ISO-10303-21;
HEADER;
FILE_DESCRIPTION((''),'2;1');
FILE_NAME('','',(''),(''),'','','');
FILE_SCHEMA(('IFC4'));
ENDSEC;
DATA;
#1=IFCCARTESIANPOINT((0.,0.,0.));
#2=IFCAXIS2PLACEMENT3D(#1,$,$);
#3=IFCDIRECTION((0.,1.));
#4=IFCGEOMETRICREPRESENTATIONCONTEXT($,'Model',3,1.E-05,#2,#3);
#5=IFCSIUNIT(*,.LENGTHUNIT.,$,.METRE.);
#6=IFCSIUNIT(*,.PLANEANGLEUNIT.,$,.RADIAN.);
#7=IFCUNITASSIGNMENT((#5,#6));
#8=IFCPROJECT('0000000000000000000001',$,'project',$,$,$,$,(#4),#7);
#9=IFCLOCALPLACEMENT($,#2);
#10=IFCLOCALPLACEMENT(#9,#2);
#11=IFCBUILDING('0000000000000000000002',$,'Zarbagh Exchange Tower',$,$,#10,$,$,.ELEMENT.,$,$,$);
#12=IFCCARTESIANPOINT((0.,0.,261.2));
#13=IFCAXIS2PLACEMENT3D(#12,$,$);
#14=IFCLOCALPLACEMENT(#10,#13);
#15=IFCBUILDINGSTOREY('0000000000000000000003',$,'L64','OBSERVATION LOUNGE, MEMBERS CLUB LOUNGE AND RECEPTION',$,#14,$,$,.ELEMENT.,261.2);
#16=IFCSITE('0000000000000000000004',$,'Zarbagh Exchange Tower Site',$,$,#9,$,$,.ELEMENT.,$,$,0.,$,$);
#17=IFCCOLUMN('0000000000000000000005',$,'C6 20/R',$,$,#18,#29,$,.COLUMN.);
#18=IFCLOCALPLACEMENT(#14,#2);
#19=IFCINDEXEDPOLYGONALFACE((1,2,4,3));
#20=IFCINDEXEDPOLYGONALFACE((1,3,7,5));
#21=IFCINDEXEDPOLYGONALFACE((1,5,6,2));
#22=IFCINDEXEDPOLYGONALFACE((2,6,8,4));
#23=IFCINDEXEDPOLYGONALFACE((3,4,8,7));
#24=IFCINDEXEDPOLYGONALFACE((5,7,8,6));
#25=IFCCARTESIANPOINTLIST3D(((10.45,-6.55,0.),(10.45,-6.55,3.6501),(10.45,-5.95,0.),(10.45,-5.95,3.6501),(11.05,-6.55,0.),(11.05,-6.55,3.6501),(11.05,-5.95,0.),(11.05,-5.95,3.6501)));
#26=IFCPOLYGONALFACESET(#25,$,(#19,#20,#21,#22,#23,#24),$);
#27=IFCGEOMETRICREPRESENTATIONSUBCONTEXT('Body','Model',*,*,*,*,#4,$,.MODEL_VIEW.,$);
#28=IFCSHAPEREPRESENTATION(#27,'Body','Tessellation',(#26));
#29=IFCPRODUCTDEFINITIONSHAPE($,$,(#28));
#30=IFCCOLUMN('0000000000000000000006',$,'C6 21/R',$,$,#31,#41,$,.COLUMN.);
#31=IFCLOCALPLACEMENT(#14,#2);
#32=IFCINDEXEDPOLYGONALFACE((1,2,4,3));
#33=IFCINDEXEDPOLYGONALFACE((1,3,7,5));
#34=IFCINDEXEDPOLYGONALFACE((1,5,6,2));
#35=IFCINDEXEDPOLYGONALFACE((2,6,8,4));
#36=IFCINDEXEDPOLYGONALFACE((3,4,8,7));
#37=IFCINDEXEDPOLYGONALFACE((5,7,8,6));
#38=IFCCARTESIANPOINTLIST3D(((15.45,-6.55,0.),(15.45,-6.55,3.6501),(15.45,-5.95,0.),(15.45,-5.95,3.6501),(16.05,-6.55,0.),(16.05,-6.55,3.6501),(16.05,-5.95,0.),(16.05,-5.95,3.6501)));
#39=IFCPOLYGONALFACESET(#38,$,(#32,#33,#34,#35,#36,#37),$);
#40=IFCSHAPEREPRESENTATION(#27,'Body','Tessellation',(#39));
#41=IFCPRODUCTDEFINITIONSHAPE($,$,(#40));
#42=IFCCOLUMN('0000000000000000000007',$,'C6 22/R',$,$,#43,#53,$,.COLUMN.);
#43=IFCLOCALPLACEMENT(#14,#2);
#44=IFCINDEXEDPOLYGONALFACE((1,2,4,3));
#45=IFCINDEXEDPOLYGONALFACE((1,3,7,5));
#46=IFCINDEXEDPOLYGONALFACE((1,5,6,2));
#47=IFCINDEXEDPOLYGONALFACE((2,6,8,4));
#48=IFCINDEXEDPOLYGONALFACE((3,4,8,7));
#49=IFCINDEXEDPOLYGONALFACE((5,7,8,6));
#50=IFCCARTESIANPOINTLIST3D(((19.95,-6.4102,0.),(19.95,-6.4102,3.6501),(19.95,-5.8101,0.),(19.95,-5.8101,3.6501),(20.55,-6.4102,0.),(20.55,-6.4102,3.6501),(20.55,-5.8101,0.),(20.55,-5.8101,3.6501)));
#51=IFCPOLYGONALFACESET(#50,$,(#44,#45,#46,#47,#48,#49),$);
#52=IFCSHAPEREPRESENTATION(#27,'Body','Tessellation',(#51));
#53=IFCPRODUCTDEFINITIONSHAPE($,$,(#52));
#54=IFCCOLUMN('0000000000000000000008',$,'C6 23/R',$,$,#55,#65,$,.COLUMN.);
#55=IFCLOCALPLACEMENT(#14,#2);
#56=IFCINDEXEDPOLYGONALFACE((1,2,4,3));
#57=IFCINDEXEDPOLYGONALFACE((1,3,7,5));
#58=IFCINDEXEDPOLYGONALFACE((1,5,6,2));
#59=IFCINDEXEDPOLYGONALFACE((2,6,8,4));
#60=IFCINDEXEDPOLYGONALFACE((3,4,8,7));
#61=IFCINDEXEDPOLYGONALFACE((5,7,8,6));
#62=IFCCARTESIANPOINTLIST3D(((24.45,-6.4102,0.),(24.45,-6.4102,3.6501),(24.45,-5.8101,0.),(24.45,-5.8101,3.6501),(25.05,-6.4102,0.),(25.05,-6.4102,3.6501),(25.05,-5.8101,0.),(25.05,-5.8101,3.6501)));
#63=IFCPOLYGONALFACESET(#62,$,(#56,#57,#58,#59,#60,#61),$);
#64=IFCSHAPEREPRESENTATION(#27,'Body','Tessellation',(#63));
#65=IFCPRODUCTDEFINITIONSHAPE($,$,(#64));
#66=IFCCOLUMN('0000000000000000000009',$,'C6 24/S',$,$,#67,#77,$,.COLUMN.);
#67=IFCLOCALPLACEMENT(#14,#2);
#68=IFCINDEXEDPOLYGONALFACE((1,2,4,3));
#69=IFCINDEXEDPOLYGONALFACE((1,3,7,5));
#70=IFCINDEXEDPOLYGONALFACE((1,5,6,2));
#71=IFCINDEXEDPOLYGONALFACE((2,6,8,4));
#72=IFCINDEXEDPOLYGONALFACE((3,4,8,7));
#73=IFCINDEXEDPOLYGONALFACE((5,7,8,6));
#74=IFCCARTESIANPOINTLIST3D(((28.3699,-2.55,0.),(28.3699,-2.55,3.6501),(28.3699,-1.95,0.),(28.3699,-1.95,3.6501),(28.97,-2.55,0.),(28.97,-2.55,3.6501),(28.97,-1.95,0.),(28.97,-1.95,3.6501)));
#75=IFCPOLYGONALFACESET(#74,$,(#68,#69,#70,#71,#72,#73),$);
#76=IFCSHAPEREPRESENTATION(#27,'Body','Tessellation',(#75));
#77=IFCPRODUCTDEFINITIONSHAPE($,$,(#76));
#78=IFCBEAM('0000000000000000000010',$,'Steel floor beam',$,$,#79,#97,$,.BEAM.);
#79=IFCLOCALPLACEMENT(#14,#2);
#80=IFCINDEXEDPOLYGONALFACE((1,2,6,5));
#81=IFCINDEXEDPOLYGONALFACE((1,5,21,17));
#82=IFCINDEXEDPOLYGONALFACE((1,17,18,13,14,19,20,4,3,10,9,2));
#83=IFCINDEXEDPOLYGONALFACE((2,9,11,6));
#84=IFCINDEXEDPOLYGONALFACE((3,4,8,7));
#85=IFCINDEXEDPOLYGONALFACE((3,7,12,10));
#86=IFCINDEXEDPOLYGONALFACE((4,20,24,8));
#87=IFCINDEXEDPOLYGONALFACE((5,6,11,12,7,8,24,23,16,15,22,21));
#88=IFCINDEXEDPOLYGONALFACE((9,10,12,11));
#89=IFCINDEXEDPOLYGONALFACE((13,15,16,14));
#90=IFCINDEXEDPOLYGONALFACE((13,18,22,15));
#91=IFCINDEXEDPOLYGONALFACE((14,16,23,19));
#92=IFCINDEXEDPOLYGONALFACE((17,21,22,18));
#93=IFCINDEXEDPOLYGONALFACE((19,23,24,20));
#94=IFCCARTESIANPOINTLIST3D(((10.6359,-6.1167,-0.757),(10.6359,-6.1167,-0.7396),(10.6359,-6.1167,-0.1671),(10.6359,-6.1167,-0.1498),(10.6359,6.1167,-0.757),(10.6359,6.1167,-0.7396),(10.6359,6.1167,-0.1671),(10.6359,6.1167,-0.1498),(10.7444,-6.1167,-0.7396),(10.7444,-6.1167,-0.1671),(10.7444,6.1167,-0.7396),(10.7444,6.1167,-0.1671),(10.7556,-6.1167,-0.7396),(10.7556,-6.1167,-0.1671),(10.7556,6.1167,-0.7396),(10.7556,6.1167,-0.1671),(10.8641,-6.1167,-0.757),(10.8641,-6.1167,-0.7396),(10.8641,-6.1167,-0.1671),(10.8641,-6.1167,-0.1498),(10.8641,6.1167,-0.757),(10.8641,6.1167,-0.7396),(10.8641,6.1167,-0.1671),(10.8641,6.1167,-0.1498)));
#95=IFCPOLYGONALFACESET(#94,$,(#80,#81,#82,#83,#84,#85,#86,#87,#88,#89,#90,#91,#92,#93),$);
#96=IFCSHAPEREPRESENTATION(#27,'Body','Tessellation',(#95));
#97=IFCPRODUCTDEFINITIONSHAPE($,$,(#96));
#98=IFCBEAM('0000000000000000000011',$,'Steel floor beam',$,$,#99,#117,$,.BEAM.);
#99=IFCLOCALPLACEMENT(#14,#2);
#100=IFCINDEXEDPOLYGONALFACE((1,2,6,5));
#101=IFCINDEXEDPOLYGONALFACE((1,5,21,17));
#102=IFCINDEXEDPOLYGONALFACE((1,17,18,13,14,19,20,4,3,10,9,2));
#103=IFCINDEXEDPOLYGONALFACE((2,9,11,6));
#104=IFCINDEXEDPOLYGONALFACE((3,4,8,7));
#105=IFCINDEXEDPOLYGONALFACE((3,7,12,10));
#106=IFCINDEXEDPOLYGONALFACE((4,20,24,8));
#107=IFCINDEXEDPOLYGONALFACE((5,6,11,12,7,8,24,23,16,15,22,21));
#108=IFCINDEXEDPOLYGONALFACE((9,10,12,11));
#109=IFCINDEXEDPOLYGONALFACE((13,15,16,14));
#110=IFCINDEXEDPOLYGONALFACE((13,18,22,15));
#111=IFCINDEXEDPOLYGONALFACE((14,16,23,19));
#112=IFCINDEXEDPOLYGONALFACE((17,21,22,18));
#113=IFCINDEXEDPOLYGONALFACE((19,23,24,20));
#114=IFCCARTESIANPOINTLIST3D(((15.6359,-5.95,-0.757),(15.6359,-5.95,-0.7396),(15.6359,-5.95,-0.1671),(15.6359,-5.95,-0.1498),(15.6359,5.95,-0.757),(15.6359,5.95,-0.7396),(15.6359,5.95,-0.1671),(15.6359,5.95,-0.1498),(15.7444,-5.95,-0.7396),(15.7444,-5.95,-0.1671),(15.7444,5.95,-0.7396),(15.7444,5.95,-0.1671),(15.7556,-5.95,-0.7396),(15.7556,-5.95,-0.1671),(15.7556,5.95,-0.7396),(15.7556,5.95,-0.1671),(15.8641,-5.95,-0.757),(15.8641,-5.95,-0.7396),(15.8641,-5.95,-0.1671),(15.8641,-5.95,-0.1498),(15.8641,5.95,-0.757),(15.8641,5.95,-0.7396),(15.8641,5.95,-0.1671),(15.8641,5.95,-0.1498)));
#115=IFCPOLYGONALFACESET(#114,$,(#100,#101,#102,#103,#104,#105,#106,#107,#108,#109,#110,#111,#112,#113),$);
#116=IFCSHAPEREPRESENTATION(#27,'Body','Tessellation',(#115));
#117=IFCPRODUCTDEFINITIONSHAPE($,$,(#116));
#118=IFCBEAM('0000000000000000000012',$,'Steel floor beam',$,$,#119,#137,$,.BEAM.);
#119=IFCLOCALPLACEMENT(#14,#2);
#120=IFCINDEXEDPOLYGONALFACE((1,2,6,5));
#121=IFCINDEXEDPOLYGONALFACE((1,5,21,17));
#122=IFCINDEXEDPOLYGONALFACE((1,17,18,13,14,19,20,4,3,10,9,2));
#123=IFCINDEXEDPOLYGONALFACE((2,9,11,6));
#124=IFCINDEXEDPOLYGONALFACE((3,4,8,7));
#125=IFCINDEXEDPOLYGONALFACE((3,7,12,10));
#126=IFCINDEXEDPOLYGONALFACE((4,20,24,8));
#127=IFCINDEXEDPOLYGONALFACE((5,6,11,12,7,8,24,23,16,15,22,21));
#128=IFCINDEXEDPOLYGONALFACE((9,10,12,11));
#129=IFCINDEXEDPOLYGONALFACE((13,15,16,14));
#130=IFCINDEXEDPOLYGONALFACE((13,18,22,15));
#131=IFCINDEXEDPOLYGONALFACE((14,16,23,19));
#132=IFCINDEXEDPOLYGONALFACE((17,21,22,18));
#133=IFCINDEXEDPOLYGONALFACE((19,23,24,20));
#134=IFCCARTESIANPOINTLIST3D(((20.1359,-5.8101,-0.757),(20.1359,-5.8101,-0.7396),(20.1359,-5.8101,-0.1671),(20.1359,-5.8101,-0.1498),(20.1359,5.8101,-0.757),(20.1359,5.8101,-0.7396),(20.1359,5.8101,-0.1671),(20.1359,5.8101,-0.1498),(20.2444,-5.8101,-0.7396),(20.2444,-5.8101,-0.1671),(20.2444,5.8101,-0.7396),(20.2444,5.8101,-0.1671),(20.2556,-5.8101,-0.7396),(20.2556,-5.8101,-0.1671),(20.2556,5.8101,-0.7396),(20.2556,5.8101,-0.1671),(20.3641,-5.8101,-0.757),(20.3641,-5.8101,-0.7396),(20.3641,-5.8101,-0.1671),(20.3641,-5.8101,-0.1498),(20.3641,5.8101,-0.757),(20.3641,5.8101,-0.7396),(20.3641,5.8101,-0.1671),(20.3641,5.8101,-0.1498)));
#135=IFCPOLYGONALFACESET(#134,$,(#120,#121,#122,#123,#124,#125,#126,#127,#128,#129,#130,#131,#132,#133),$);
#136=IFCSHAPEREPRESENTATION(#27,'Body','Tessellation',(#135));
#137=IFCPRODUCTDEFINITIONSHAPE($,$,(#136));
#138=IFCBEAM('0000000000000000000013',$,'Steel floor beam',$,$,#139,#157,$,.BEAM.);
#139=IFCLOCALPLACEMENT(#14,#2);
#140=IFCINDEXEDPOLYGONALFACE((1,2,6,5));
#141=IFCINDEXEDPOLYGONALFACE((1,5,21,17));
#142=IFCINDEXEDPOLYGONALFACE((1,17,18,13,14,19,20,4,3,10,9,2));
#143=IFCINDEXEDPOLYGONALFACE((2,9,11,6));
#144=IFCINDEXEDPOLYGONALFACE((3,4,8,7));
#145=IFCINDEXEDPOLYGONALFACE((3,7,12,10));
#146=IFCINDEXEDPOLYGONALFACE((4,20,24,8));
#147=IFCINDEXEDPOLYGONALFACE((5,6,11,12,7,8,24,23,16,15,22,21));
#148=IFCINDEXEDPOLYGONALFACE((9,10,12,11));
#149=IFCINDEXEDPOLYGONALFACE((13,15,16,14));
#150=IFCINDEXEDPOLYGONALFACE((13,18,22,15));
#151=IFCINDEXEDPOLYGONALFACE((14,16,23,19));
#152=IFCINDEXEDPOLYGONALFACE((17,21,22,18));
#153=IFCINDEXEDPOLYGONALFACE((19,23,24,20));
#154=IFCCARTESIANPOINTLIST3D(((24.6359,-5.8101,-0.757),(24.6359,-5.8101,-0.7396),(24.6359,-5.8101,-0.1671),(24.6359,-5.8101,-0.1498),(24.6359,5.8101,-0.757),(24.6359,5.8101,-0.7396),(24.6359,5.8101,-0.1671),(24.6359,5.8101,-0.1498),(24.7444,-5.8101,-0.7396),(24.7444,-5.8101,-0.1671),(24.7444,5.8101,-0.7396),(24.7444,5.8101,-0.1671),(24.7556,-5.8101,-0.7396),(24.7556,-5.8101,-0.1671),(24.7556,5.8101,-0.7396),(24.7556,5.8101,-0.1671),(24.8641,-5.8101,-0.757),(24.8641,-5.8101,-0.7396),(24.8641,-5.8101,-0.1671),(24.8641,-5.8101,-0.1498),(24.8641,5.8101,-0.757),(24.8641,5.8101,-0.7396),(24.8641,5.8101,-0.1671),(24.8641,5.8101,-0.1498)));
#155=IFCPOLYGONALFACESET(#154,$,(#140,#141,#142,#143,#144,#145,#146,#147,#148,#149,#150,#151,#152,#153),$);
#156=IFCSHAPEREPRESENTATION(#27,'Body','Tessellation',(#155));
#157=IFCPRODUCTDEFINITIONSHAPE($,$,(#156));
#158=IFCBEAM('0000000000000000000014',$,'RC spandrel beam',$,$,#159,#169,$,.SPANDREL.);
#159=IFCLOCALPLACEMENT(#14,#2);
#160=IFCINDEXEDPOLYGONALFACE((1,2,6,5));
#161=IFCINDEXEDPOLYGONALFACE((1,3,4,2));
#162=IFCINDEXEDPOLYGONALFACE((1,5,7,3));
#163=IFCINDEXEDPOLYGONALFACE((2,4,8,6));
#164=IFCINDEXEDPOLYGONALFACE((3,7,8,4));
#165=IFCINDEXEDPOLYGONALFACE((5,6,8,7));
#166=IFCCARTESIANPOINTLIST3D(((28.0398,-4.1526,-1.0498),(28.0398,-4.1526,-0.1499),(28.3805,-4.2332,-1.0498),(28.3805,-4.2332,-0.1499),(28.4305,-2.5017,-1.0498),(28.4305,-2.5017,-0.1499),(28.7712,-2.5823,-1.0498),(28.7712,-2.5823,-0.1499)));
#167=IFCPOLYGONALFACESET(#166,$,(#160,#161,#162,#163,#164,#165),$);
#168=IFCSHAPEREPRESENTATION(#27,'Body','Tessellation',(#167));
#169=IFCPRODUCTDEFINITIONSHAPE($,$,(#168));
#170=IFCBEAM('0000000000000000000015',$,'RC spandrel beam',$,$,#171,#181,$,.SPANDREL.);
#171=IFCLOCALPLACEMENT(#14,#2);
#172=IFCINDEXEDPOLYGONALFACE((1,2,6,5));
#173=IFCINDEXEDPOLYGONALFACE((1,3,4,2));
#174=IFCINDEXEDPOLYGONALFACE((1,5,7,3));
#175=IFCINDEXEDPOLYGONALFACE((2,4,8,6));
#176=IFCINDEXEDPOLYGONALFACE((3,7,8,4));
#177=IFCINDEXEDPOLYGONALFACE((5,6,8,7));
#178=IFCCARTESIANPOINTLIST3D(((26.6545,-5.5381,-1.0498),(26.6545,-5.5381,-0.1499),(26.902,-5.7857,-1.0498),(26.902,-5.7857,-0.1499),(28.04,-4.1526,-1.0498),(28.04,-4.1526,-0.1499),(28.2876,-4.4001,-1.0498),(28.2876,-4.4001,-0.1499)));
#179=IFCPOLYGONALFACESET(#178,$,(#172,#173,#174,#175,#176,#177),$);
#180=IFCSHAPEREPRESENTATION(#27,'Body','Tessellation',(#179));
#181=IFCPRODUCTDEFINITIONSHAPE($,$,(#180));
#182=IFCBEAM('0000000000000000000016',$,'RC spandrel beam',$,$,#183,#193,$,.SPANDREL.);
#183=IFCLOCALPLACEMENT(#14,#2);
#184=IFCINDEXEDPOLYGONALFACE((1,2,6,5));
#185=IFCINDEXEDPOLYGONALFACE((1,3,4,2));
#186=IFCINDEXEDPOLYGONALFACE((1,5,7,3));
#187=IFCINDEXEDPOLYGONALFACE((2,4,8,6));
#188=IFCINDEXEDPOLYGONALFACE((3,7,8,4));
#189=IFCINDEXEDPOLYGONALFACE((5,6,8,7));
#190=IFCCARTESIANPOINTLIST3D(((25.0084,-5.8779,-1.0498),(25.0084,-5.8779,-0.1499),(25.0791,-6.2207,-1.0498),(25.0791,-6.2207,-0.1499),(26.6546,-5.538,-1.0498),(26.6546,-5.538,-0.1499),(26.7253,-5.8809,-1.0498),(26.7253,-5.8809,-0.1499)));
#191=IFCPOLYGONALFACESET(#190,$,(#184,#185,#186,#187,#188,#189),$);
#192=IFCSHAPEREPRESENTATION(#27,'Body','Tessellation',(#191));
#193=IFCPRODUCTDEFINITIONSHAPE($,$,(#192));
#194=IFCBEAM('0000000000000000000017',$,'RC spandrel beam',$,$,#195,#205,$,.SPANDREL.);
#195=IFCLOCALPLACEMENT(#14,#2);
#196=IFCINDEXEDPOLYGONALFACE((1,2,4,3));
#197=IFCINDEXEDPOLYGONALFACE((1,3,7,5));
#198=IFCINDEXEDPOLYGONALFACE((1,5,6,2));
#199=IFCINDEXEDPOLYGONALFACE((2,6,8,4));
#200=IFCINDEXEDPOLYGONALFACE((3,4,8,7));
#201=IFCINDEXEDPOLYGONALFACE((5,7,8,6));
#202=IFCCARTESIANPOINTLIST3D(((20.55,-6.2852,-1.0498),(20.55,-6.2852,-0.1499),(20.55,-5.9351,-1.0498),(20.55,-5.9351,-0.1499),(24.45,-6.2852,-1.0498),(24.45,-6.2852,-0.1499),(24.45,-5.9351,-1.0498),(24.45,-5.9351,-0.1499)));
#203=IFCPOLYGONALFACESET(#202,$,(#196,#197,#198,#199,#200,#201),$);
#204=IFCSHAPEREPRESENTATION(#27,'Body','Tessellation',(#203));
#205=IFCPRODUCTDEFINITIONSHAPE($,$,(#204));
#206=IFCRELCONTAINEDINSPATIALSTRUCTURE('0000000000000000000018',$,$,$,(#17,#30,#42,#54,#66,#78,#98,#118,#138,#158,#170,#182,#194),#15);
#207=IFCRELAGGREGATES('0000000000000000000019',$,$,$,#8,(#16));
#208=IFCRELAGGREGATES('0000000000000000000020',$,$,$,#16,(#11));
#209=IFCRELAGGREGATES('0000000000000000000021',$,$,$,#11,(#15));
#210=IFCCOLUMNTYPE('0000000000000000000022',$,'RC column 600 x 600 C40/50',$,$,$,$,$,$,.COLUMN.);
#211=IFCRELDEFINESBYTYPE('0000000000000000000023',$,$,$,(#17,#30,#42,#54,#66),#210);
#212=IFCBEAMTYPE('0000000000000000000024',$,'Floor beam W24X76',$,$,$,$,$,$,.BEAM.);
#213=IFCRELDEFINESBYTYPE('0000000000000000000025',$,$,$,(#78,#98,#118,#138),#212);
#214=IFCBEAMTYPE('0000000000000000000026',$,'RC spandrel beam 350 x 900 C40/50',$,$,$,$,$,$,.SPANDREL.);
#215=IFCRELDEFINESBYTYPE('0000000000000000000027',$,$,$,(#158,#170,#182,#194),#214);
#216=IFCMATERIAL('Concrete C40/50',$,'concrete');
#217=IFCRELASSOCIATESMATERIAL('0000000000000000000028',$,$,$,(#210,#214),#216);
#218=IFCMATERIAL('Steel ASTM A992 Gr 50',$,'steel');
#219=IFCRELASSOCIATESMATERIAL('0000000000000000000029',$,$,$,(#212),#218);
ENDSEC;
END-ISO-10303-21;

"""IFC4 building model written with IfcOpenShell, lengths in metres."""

from ifc_helpers import new_model, si_unit, direction, frame, origin, origin_2d, place, context, subcontext, project, spatial, rectangle, i_section, extrude, material, material_profile, profile_set, type_object, element, save


model = new_model("IFC4")

# Units and contexts
model_context = context("Model", 3, precision=1e-05, world=origin(), true_north=direction((0.0, 1.0)))
body_context = subcontext(model_context, "Body", "Model", "MODEL_VIEW")
ifc_project = project(units=[si_unit("LENGTHUNIT", "METRE"), si_unit("PLANEANGLEUNIT", "RADIAN")], contexts=[model_context])

# Site, building, storey
site_placement = place(None, origin())
site = spatial("IfcSite", under=ifc_project, at=site_placement, Name="Zarbagh Exchange Tower Site", CompositionType="ELEMENT", RefElevation=0.0)
building_placement = place(site_placement, origin())
building = spatial("IfcBuilding", under=site, at=building_placement, Name="Zarbagh Exchange Tower", CompositionType="ELEMENT")
storey_placement = place(building_placement, frame((0.0, 0.0, 261.2)))
storey = spatial("IfcBuildingStorey", under=building, at=storey_placement, Name="L64", Description="OBSERVATION LOUNGE, MEMBERS CLUB LOUNGE AND RECEPTION", CompositionType="ELEMENT", Elevation=261.2)

# Columns
ifc_material_1 = material(Name="Concrete C40/50", Category="concrete")
ifc_material_profile_1 = material_profile(ifc_material_1, rectangle(XDim=0.6001, YDim=0.6001, at=origin_2d()), Name="RC column 600 x 600 C40/50")
ifc_profile_set_1 = profile_set([ifc_material_profile_1], Name="Concrete C40/50")
column_type = type_object("IfcColumnType", Name="RC column 600 x 600 C40/50", PredefinedType="COLUMN", material=ifc_profile_set_1)
for number, where, z_axis, x_axis, name in (
    (1, (10.75, -6.25, 0.0), (0.0, 0.0, 1.0), (1.0, 0.0, 0.0), "C6 20/R"),
    (2, (15.75, -6.25, 0.0), (0.0, 0.0, 1.0), (1.0, 0.0, 0.0), "C6 21/R"),
    (3, (20.25, -6.1101, 0.0), (0.0, 0.0, 1.0), (1.0, 0.0, 0.0), "C6 22/R"),
    (4, (24.75, -6.1101, 0.0), (0.0, 0.0, 1.0), (1.0, 0.0, 0.0), "C6 23/R"),
    (5, (28.6699, -2.25, 0.0), (0.0, 0.0, 1.0), (1.0, 0.0, 0.0), "C6 24/S"),
):
    element("IfcColumn", number, at=place(storey_placement, frame(where, z_axis=z_axis, x_axis=x_axis)), inside=storey, type_object=column_type, Name=name, PredefinedType="COLUMN", context=body_context, shape_type="SweptSolid", body=[
        extrude(rectangle(XDim=0.6001, YDim=0.6001, at=origin_2d()), origin(), (0.0, 0.0, 1.0), 3.6501),
    ])

# Beams
ifc_material_2 = material(Name="Steel ASTM A992 Gr 50", Category="steel")
ifc_material_profile_2 = material_profile(ifc_material_2, i_section(OverallWidth=0.2283, OverallDepth=0.6072, WebThickness=0.0112, FlangeThickness=0.0173, at=origin_2d()), Name="W24X76")
ifc_profile_set_2 = profile_set([ifc_material_profile_2], Name="Steel ASTM A992 Gr 50")
beam_type_1 = type_object("IfcBeamType", Name="Floor beam W24X76", PredefinedType="BEAM", material=ifc_profile_set_2)
beam_1_placement = place(storey_placement, frame((10.75, -6.1167, -0.4534), z_axis=(0.0, 1.0, 0.0), x_axis=(-1.0, 0.0, 0.0)))
element("IfcBeam", 6, at=beam_1_placement, inside=storey, type_object=beam_type_1, Name="Steel floor beam", PredefinedType="BEAM", context=body_context, shape_type="SweptSolid", body=[
    extrude(i_section(OverallWidth=0.2283, OverallDepth=0.6072, WebThickness=0.0112, FlangeThickness=0.0173, at=origin_2d()), origin(), (0.0, 0.0, 1.0), 12.2334),
])
beam_2_placement = place(storey_placement, frame((15.75, -5.95, -0.4534), z_axis=(0.0, 1.0, 0.0), x_axis=(-1.0, 0.0, 0.0)))
element("IfcBeam", 7, at=beam_2_placement, inside=storey, type_object=beam_type_1, Name="Steel floor beam", PredefinedType="BEAM", context=body_context, shape_type="SweptSolid", body=[
    extrude(i_section(OverallWidth=0.2283, OverallDepth=0.6072, WebThickness=0.0112, FlangeThickness=0.0173, at=origin_2d()), origin(), (0.0, 0.0, 1.0), 11.8999),
])
for number, where, z_axis, x_axis, name in (
    (8, (20.25, -5.8101, -0.4534), (0.0, 1.0, 0.0), (-1.0, 0.0, 0.0), "Steel floor beam"),
    (9, (24.75, -5.8101, -0.4534), (0.0, 1.0, 0.0), (-1.0, 0.0, 0.0), "Steel floor beam"),
):
    element("IfcBeam", number, at=place(storey_placement, frame(where, z_axis=z_axis, x_axis=x_axis)), inside=storey, type_object=beam_type_1, Name=name, PredefinedType="BEAM", context=body_context, shape_type="SweptSolid", body=[
        extrude(i_section(OverallWidth=0.2283, OverallDepth=0.6072, WebThickness=0.0112, FlangeThickness=0.0173, at=origin_2d()), origin(), (0.0, 0.0, 1.0), 11.6201),
    ])
ifc_material_profile_3 = material_profile(ifc_material_1, rectangle(XDim=0.3501, YDim=0.8999, at=origin_2d()), Name="RC spandrel beam 350 x 900 C40/50")
ifc_profile_set_3 = profile_set([ifc_material_profile_3], Name="Concrete C40/50")
beam_type_2 = type_object("IfcBeamType", Name="RC spandrel beam 350 x 900 C40/50", PredefinedType="SPANDREL", material=ifc_profile_set_3)
beam_3_placement = place(storey_placement, frame((28.6008, -2.542, -0.5999), z_axis=(-0.230258, -0.97313, 0.0), x_axis=(0.97313, -0.230258, 0.0)))
element("IfcBeam", 10, at=beam_3_placement, inside=storey, type_object=beam_type_2, Name="RC spandrel beam", PredefinedType="SPANDREL", context=body_context, shape_type="SweptSolid", body=[
    extrude(rectangle(XDim=0.3501, YDim=0.8999, at=origin_2d()), origin(), (0.0, 0.0, 1.0), 1.6965),
])
beam_4_placement = place(storey_placement, frame((28.1638, -4.2764, -0.5999), z_axis=(-0.707107, -0.707107, 0.0), x_axis=(0.707107, -0.707107, 0.0)))
element("IfcBeam", 11, at=beam_4_placement, inside=storey, type_object=beam_type_2, Name="RC spandrel beam", PredefinedType="SPANDREL", context=body_context, shape_type="SweptSolid", body=[
    extrude(rectangle(XDim=0.3501, YDim=0.8999, at=origin_2d()), origin(), (0.0, 0.0, 1.0), 1.9595),
])
beam_5_placement = place(storey_placement, frame((26.6899, -5.7095, -0.5999), z_axis=(-0.97935, -0.202173, 0.0), x_axis=(0.202173, -0.97935, 0.0)))
element("IfcBeam", 12, at=beam_5_placement, inside=storey, type_object=beam_type_2, Name="RC spandrel beam", PredefinedType="SPANDREL", context=body_context, shape_type="SweptSolid", body=[
    extrude(rectangle(XDim=0.3501, YDim=0.8999, at=origin_2d()), origin(), (0.0, 0.0, 1.0), 1.6809),
])
beam_6_placement = place(storey_placement, frame((24.45, -6.1101, -0.5999), z_axis=(-1.0, 0.0, 0.0), x_axis=(0.0, -1.0, 0.0)))
element("IfcBeam", 13, at=beam_6_placement, inside=storey, type_object=beam_type_2, Name="RC spandrel beam", PredefinedType="SPANDREL", context=body_context, shape_type="SweptSolid", body=[
    extrude(rectangle(XDim=0.3501, YDim=0.8999, at=origin_2d()), origin(), (0.0, 0.0, 1.0), 3.8999),
])

save(model, "model.ifc")
